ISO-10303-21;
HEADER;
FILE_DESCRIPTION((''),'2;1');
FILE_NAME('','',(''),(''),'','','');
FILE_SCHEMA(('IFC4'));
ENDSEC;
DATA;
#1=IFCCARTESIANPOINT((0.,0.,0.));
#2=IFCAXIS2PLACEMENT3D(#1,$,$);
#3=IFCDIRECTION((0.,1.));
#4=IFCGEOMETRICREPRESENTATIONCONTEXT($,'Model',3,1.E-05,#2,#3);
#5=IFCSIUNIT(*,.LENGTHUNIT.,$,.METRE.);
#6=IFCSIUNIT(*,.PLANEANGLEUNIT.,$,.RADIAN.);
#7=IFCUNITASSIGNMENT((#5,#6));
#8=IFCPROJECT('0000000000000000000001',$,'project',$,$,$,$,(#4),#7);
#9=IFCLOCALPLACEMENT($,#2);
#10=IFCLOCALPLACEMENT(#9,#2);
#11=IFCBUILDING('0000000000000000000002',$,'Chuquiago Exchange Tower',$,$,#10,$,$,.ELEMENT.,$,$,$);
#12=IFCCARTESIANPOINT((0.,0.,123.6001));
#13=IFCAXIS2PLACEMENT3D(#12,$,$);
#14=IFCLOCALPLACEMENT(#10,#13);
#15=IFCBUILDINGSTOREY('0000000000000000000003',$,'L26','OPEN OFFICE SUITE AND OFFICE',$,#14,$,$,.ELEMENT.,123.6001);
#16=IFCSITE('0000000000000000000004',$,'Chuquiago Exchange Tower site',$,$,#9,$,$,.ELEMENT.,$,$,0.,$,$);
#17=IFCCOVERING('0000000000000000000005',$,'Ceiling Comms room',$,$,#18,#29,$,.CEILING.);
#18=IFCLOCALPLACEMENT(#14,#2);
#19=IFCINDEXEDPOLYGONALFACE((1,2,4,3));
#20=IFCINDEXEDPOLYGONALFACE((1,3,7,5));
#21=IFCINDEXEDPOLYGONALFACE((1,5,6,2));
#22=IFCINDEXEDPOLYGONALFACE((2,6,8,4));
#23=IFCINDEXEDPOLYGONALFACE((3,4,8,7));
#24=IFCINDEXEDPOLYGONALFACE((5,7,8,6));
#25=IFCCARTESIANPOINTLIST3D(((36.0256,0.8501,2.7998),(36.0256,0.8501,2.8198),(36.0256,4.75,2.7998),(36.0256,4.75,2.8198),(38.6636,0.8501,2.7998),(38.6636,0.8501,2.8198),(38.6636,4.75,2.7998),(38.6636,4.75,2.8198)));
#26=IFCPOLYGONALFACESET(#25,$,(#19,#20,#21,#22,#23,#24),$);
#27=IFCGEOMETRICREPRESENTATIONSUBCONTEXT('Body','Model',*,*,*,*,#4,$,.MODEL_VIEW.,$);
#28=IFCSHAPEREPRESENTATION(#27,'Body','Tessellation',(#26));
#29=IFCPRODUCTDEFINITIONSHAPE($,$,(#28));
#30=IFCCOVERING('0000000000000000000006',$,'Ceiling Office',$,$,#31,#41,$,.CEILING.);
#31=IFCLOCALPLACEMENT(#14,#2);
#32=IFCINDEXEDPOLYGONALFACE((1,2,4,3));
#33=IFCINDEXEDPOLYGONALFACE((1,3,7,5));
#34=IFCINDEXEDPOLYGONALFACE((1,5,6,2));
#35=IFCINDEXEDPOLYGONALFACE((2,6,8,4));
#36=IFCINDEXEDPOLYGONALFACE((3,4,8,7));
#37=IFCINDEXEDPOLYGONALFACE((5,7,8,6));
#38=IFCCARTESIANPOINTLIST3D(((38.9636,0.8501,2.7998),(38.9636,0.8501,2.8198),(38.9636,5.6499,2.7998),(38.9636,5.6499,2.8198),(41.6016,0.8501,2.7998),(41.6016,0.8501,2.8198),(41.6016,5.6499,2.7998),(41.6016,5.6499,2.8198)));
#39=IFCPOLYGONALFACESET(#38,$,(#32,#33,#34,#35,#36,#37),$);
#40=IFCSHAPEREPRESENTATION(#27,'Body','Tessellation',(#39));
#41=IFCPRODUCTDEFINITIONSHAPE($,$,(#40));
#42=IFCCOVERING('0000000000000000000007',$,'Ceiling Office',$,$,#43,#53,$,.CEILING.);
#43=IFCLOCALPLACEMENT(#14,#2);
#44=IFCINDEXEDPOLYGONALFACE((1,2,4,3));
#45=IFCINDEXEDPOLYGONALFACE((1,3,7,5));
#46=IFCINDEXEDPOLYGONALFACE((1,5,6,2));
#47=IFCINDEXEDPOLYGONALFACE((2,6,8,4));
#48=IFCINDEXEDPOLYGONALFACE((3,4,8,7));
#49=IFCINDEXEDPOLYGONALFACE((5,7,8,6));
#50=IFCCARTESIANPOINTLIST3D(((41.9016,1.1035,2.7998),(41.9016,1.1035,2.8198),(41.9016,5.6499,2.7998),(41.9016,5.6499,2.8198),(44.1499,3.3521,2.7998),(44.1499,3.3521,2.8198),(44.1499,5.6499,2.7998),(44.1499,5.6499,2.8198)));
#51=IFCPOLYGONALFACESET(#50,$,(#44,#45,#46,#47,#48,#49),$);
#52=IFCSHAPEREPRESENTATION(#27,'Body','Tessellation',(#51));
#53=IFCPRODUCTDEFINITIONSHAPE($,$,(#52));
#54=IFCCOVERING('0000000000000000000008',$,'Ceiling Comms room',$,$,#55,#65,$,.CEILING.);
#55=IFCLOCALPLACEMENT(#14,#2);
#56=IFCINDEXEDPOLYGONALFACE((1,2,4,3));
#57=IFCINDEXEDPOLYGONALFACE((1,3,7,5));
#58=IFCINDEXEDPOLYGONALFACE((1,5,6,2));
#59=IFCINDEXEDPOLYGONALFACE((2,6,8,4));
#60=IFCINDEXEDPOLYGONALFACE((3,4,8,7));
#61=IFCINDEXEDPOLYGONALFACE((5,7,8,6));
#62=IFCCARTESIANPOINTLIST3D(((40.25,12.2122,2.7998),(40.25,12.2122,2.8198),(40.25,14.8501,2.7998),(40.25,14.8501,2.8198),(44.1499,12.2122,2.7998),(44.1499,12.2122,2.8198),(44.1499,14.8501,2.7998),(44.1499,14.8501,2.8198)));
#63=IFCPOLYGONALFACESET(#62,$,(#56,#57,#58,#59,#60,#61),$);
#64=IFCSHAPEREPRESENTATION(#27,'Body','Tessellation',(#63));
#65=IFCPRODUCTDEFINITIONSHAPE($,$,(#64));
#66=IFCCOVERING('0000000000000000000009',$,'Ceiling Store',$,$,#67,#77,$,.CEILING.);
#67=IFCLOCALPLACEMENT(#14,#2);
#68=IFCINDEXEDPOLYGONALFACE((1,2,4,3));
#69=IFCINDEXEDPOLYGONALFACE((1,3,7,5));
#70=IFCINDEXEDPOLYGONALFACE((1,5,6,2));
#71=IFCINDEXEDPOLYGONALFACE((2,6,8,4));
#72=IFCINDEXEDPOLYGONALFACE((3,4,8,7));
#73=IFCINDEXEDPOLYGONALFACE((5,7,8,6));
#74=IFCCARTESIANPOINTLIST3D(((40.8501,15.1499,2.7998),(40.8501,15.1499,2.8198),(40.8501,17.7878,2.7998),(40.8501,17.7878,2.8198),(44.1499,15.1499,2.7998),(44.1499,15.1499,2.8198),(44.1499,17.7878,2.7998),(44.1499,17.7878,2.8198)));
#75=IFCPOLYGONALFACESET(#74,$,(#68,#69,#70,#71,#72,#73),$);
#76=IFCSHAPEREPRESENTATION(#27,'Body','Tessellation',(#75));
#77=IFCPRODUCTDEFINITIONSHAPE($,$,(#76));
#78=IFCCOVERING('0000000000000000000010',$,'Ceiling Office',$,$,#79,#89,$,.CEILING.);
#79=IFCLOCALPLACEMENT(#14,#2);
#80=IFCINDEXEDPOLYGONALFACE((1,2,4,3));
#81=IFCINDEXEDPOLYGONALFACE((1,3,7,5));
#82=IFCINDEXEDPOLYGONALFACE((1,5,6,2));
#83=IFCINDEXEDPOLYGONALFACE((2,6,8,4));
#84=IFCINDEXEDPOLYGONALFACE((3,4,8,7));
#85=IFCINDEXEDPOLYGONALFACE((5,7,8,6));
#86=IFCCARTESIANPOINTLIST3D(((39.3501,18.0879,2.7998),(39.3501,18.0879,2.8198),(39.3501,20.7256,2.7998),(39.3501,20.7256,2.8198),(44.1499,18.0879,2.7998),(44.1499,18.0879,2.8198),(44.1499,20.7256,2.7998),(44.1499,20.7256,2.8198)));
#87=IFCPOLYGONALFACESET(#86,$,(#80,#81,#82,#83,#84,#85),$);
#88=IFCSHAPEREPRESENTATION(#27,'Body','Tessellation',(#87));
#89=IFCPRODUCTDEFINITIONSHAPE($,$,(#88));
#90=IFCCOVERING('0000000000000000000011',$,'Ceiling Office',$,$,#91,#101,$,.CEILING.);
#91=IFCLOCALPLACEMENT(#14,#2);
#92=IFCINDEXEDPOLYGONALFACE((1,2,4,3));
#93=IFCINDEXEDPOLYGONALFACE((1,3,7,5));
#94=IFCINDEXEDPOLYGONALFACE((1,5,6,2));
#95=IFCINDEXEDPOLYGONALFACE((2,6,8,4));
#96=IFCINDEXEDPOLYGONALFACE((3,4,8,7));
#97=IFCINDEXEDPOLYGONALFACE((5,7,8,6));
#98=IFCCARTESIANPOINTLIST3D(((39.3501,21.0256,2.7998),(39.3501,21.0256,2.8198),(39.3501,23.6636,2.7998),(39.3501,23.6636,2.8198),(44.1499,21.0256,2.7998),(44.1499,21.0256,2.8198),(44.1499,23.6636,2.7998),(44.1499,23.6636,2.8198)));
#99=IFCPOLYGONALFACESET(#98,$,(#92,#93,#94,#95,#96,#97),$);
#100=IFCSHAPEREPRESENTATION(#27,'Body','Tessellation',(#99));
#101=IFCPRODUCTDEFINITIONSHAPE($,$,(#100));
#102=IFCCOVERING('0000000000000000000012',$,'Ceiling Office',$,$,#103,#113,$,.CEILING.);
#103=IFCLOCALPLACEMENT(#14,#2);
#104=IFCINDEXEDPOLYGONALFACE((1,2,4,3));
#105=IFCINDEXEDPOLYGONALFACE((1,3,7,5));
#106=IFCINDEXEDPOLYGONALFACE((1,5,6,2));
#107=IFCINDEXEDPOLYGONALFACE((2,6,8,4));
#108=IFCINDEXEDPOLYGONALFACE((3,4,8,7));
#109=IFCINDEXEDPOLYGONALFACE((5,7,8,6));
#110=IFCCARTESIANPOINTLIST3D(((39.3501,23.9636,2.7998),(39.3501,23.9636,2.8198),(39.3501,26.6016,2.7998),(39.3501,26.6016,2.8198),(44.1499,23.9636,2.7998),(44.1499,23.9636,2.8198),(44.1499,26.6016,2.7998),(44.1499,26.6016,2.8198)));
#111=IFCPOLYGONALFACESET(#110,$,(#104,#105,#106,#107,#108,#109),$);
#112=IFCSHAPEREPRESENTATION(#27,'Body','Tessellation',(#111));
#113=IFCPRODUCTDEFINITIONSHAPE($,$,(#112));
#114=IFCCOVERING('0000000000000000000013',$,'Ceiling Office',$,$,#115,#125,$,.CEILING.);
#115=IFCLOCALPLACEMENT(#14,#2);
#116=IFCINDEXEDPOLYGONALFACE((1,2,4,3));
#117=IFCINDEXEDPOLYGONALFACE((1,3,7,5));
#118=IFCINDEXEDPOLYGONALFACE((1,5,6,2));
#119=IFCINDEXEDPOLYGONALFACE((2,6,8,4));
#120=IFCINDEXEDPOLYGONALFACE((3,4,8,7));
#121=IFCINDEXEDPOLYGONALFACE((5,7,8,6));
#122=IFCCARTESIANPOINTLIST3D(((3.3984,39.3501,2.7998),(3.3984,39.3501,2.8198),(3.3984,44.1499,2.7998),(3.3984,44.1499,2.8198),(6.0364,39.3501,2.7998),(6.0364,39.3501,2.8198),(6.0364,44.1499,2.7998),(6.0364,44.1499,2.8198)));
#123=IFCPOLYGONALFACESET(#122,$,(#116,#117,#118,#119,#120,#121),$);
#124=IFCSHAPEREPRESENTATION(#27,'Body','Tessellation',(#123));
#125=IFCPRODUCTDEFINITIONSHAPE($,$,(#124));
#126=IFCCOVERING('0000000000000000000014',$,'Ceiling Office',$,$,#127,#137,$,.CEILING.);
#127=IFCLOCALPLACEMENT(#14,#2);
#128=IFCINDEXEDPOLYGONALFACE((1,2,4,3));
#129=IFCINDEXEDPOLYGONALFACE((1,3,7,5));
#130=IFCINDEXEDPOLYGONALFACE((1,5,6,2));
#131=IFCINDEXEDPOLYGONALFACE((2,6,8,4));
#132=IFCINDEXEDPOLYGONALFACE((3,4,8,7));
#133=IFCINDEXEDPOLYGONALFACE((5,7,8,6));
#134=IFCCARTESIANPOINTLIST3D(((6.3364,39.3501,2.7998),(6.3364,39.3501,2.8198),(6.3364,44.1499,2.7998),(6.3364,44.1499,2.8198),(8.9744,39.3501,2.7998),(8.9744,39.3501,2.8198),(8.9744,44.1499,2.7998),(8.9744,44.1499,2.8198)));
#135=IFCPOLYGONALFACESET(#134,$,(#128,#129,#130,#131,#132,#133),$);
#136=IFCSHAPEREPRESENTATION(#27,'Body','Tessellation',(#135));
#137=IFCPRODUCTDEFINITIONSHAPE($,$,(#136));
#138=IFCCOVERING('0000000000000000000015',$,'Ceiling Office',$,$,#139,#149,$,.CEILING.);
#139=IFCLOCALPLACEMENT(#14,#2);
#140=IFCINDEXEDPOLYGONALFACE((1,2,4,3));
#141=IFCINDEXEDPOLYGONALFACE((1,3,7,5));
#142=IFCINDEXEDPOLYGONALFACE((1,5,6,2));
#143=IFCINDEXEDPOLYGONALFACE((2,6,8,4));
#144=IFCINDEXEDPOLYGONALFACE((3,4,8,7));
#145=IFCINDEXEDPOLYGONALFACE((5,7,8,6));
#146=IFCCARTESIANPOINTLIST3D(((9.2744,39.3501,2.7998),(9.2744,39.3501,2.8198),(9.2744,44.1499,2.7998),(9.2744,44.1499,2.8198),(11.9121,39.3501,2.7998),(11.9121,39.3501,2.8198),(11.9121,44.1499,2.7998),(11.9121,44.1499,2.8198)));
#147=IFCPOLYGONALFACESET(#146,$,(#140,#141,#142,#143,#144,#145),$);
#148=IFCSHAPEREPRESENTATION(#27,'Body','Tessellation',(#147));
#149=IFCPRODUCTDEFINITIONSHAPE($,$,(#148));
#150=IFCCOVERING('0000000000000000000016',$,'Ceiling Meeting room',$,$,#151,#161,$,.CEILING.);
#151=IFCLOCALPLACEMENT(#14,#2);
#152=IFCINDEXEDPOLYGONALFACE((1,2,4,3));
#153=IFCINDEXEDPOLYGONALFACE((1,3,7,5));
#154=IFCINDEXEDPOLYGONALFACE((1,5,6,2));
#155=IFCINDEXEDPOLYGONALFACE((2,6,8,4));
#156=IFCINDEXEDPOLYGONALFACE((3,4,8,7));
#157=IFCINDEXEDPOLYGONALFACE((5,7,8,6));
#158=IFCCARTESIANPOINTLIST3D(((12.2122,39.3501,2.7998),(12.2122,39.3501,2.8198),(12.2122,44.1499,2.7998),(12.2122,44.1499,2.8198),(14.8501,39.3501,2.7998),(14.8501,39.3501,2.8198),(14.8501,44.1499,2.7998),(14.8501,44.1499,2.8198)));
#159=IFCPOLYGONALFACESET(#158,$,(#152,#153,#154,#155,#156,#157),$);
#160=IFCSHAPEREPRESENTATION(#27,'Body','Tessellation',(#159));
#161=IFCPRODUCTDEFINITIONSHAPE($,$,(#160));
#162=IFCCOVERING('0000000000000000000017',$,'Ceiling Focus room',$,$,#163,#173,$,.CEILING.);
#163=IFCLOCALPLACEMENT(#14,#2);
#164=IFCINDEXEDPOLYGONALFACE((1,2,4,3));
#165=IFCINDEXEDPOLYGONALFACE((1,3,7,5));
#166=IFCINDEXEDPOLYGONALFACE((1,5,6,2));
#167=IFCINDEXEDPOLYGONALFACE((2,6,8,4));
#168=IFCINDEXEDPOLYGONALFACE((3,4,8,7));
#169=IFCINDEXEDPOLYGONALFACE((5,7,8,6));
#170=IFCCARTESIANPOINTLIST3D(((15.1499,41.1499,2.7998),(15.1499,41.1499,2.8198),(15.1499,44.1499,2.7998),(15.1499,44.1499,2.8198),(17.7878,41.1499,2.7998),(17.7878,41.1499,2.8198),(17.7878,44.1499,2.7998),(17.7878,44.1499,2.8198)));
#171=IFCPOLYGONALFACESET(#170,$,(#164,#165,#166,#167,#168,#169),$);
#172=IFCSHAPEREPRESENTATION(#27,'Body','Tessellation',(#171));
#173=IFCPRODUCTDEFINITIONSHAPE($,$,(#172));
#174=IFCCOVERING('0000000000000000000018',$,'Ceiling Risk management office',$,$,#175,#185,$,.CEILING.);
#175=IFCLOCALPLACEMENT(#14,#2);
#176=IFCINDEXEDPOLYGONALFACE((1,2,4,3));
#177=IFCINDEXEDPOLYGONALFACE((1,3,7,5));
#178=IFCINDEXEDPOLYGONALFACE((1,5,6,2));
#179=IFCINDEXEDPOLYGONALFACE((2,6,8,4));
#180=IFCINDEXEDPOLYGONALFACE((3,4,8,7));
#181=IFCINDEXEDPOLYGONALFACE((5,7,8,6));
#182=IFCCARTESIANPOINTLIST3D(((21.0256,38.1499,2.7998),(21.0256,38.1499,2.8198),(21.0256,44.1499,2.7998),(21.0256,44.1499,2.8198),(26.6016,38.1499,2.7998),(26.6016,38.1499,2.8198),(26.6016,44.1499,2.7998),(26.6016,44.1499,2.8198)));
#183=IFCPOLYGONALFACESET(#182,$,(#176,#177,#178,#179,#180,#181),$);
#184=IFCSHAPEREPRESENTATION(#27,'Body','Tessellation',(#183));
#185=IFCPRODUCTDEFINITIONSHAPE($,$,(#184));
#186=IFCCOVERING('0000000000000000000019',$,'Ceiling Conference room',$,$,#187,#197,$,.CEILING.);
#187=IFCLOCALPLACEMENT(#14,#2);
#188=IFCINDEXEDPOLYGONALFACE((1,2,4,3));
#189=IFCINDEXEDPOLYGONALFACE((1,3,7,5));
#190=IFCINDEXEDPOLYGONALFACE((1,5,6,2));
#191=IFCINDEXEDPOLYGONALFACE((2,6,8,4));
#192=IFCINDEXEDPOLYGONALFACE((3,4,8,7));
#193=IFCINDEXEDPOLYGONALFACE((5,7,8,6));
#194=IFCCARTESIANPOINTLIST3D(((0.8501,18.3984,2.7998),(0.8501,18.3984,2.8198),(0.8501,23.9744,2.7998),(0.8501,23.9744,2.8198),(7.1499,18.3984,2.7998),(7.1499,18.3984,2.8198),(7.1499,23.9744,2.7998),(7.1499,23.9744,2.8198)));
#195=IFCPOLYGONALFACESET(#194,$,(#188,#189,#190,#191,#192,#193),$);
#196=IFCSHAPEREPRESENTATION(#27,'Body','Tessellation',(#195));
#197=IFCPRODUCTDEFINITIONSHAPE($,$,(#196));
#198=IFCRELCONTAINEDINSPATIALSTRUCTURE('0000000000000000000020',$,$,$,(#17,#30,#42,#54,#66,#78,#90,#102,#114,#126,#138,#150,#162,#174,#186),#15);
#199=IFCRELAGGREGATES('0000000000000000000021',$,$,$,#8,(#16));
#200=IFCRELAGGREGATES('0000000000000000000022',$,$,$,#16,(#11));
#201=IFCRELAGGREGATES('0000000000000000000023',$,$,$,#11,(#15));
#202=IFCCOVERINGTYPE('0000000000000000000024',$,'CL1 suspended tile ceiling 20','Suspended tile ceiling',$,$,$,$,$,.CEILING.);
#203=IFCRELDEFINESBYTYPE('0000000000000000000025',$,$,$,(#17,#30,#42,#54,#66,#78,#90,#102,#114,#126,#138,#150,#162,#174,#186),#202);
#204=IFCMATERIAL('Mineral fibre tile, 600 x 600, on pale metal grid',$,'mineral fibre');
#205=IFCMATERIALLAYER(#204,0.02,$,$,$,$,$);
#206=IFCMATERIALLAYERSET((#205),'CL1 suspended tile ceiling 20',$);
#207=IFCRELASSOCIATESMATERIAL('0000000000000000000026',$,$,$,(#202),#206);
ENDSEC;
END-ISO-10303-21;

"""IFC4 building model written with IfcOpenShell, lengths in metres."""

from ifc_helpers import new_model, si_unit, direction, frame, origin, place, context, subcontext, project, spatial, polyline, outline, extrude, material, layer, layer_set, type_object, element, save


model = new_model("IFC4")

# Units and contexts
model_context = context("Model", 3, precision=1e-05, world=origin(), true_north=direction((0.0, 1.0)))
body_context = subcontext(model_context, "Body", "Model", "MODEL_VIEW")
ifc_project = project(units=[si_unit("LENGTHUNIT", "METRE"), si_unit("PLANEANGLEUNIT", "RADIAN")], contexts=[model_context])

# Site, building, storey
site_placement = place(None, origin())
site = spatial("IfcSite", under=ifc_project, at=site_placement, Name="Chuquiago Exchange Tower site", CompositionType="ELEMENT", RefElevation=0.0)
building_placement = place(site_placement, origin())
building = spatial("IfcBuilding", under=site, at=building_placement, Name="Chuquiago Exchange Tower", CompositionType="ELEMENT")
storey_placement = place(building_placement, frame((0.0, 0.0, 123.6001)))
storey = spatial("IfcBuildingStorey", under=building, at=storey_placement, Name="L26", Description="OPEN OFFICE SUITE AND OFFICE", CompositionType="ELEMENT", Elevation=123.6001)

# Coverings
ifc_material_1 = material(Name="Mineral fibre tile, 600 x 600, on pale metal grid", Category="mineral fibre")
ifc_layer_1 = layer(ifc_material_1, 0.02)
ifc_layer_set_1 = layer_set([ifc_layer_1], Name="CL1 suspended tile ceiling 20")
covering_type_1 = type_object("IfcCoveringType", Name="CL1 suspended tile ceiling 20", Description="Suspended tile ceiling", PredefinedType="CEILING", material=ifc_layer_set_1)
covering_1_placement = place(storey_placement, frame((0.0, 0.0, 2.7998)))
element("IfcCovering", 1, at=covering_1_placement, inside=storey, type_object=covering_type_1, Name="Ceiling Comms room", PredefinedType="CEILING", context=body_context, shape_type="SweptSolid", body=[
    extrude(outline(polyline([(36.0256, 4.75), (38.6636, 4.75), (38.6636, 0.8501), (36.0256, 0.8501), (36.0256, 4.75)])), origin(), (0.0, 0.0, 1.0), 0.02),
])
covering_2_placement = place(storey_placement, frame((0.0, 0.0, 2.7998)))
element("IfcCovering", 2, at=covering_2_placement, inside=storey, type_object=covering_type_1, Name="Ceiling Office", PredefinedType="CEILING", context=body_context, shape_type="SweptSolid", body=[
    extrude(outline(polyline([(38.9636, 0.8501), (38.9636, 5.6499), (41.6016, 5.6499), (41.6016, 0.8501), (38.9636, 0.8501)])), origin(), (0.0, 0.0, 1.0), 0.02),
])
covering_3_placement = place(storey_placement, frame((0.0, 0.0, 2.7998)))
element("IfcCovering", 3, at=covering_3_placement, inside=storey, type_object=covering_type_1, Name="Ceiling Office", PredefinedType="CEILING", context=body_context, shape_type="SweptSolid", body=[
    extrude(outline(polyline([(41.9016, 1.1035), (41.9016, 5.6499), (44.1499, 5.6499), (44.1499, 3.3521), (41.9016, 1.1035)])), origin(), (0.0, 0.0, 1.0), 0.02),
])
covering_4_placement = place(storey_placement, frame((0.0, 0.0, 2.7998)))
element("IfcCovering", 4, at=covering_4_placement, inside=storey, type_object=covering_type_1, Name="Ceiling Comms room", PredefinedType="CEILING", context=body_context, shape_type="SweptSolid", body=[
    extrude(outline(polyline([(40.25, 12.2122), (40.25, 14.8501), (44.1499, 14.8501), (44.1499, 12.2122), (40.25, 12.2122)])), origin(), (0.0, 0.0, 1.0), 0.02),
])
covering_5_placement = place(storey_placement, frame((0.0, 0.0, 2.7998)))
element("IfcCovering", 5, at=covering_5_placement, inside=storey, type_object=covering_type_1, Name="Ceiling Store", PredefinedType="CEILING", context=body_context, shape_type="SweptSolid", body=[
    extrude(outline(polyline([(40.8501, 15.1499), (40.8501, 17.7878), (44.1499, 17.7878), (44.1499, 15.1499), (40.8501, 15.1499)])), origin(), (0.0, 0.0, 1.0), 0.02),
])
covering_6_placement = place(storey_placement, frame((0.0, 0.0, 2.7998)))
element("IfcCovering", 6, at=covering_6_placement, inside=storey, type_object=covering_type_1, Name="Ceiling Office", PredefinedType="CEILING", context=body_context, shape_type="SweptSolid", body=[
    extrude(outline(polyline([(39.3501, 18.0879), (39.3501, 20.7256), (44.1499, 20.7256), (44.1499, 18.0879), (39.3501, 18.0879)])), origin(), (0.0, 0.0, 1.0), 0.02),
])
covering_7_placement = place(storey_placement, frame((0.0, 0.0, 2.7998)))
element("IfcCovering", 7, at=covering_7_placement, inside=storey, type_object=covering_type_1, Name="Ceiling Office", PredefinedType="CEILING", context=body_context, shape_type="SweptSolid", body=[
    extrude(outline(polyline([(39.3501, 21.0256), (39.3501, 23.6636), (44.1499, 23.6636), (44.1499, 21.0256), (39.3501, 21.0256)])), origin(), (0.0, 0.0, 1.0), 0.02),
])
covering_8_placement = place(storey_placement, frame((0.0, 0.0, 2.7998)))
element("IfcCovering", 8, at=covering_8_placement, inside=storey, type_object=covering_type_1, Name="Ceiling Office", PredefinedType="CEILING", context=body_context, shape_type="SweptSolid", body=[
    extrude(outline(polyline([(44.1499, 23.9636), (39.3501, 23.9636), (39.3501, 26.6016), (44.1499, 26.6016), (44.1499, 23.9636)])), origin(), (0.0, 0.0, 1.0), 0.02),
])
covering_9_placement = place(storey_placement, frame((0.0, 0.0, 2.7998)))
element("IfcCovering", 9, at=covering_9_placement, inside=storey, type_object=covering_type_1, Name="Ceiling Office", PredefinedType="CEILING", context=body_context, shape_type="SweptSolid", body=[
    extrude(outline(polyline([(6.0364, 44.1499), (6.0364, 39.3501), (3.3984, 39.3501), (3.3984, 44.1499), (6.0364, 44.1499)])), origin(), (0.0, 0.0, 1.0), 0.02),
])
covering_10_placement = place(storey_placement, frame((0.0, 0.0, 2.7998)))
element("IfcCovering", 10, at=covering_10_placement, inside=storey, type_object=covering_type_1, Name="Ceiling Office", PredefinedType="CEILING", context=body_context, shape_type="SweptSolid", body=[
    extrude(outline(polyline([(8.9744, 39.3501), (6.3364, 39.3501), (6.3364, 44.1499), (8.9744, 44.1499), (8.9744, 39.3501)])), origin(), (0.0, 0.0, 1.0), 0.02),
])
covering_11_placement = place(storey_placement, frame((0.0, 0.0, 2.7998)))
element("IfcCovering", 11, at=covering_11_placement, inside=storey, type_object=covering_type_1, Name="Ceiling Office", PredefinedType="CEILING", context=body_context, shape_type="SweptSolid", body=[
    extrude(outline(polyline([(11.9121, 39.3501), (9.2744, 39.3501), (9.2744, 44.1499), (11.9121, 44.1499), (11.9121, 39.3501)])), origin(), (0.0, 0.0, 1.0), 0.02),
])
covering_12_placement = place(storey_placement, frame((0.0, 0.0, 2.7998)))
element("IfcCovering", 12, at=covering_12_placement, inside=storey, type_object=covering_type_1, Name="Ceiling Meeting room", PredefinedType="CEILING", context=body_context, shape_type="SweptSolid", body=[
    extrude(outline(polyline([(14.8501, 39.3501), (12.2122, 39.3501), (12.2122, 44.1499), (14.8501, 44.1499), (14.8501, 39.3501)])), origin(), (0.0, 0.0, 1.0), 0.02),
])
covering_13_placement = place(storey_placement, frame((0.0, 0.0, 2.7998)))
element("IfcCovering", 13, at=covering_13_placement, inside=storey, type_object=covering_type_1, Name="Ceiling Focus room", PredefinedType="CEILING", context=body_context, shape_type="SweptSolid", body=[
    extrude(outline(polyline([(17.7878, 41.1499), (15.1499, 41.1499), (15.1499, 44.1499), (17.7878, 44.1499), (17.7878, 41.1499)])), origin(), (0.0, 0.0, 1.0), 0.02),
])
covering_14_placement = place(storey_placement, frame((0.0, 0.0, 2.7998)))
element("IfcCovering", 14, at=covering_14_placement, inside=storey, type_object=covering_type_1, Name="Ceiling Risk management office", PredefinedType="CEILING", context=body_context, shape_type="SweptSolid", body=[
    extrude(outline(polyline([(26.6016, 38.1499), (21.0256, 38.1499), (21.0256, 44.1499), (26.6016, 44.1499), (26.6016, 38.1499)])), origin(), (0.0, 0.0, 1.0), 0.02),
])
covering_15_placement = place(storey_placement, frame((0.0, 0.0, 2.7998)))
element("IfcCovering", 15, at=covering_15_placement, inside=storey, type_object=covering_type_1, Name="Ceiling Conference room", PredefinedType="CEILING", context=body_context, shape_type="SweptSolid", body=[
    extrude(outline(polyline([(0.8501, 23.9744), (7.1499, 23.9744), (7.1499, 18.3984), (0.8501, 18.3984), (0.8501, 23.9744)])), origin(), (0.0, 0.0, 1.0), 0.02),
])

save(model, "model.ifc")
